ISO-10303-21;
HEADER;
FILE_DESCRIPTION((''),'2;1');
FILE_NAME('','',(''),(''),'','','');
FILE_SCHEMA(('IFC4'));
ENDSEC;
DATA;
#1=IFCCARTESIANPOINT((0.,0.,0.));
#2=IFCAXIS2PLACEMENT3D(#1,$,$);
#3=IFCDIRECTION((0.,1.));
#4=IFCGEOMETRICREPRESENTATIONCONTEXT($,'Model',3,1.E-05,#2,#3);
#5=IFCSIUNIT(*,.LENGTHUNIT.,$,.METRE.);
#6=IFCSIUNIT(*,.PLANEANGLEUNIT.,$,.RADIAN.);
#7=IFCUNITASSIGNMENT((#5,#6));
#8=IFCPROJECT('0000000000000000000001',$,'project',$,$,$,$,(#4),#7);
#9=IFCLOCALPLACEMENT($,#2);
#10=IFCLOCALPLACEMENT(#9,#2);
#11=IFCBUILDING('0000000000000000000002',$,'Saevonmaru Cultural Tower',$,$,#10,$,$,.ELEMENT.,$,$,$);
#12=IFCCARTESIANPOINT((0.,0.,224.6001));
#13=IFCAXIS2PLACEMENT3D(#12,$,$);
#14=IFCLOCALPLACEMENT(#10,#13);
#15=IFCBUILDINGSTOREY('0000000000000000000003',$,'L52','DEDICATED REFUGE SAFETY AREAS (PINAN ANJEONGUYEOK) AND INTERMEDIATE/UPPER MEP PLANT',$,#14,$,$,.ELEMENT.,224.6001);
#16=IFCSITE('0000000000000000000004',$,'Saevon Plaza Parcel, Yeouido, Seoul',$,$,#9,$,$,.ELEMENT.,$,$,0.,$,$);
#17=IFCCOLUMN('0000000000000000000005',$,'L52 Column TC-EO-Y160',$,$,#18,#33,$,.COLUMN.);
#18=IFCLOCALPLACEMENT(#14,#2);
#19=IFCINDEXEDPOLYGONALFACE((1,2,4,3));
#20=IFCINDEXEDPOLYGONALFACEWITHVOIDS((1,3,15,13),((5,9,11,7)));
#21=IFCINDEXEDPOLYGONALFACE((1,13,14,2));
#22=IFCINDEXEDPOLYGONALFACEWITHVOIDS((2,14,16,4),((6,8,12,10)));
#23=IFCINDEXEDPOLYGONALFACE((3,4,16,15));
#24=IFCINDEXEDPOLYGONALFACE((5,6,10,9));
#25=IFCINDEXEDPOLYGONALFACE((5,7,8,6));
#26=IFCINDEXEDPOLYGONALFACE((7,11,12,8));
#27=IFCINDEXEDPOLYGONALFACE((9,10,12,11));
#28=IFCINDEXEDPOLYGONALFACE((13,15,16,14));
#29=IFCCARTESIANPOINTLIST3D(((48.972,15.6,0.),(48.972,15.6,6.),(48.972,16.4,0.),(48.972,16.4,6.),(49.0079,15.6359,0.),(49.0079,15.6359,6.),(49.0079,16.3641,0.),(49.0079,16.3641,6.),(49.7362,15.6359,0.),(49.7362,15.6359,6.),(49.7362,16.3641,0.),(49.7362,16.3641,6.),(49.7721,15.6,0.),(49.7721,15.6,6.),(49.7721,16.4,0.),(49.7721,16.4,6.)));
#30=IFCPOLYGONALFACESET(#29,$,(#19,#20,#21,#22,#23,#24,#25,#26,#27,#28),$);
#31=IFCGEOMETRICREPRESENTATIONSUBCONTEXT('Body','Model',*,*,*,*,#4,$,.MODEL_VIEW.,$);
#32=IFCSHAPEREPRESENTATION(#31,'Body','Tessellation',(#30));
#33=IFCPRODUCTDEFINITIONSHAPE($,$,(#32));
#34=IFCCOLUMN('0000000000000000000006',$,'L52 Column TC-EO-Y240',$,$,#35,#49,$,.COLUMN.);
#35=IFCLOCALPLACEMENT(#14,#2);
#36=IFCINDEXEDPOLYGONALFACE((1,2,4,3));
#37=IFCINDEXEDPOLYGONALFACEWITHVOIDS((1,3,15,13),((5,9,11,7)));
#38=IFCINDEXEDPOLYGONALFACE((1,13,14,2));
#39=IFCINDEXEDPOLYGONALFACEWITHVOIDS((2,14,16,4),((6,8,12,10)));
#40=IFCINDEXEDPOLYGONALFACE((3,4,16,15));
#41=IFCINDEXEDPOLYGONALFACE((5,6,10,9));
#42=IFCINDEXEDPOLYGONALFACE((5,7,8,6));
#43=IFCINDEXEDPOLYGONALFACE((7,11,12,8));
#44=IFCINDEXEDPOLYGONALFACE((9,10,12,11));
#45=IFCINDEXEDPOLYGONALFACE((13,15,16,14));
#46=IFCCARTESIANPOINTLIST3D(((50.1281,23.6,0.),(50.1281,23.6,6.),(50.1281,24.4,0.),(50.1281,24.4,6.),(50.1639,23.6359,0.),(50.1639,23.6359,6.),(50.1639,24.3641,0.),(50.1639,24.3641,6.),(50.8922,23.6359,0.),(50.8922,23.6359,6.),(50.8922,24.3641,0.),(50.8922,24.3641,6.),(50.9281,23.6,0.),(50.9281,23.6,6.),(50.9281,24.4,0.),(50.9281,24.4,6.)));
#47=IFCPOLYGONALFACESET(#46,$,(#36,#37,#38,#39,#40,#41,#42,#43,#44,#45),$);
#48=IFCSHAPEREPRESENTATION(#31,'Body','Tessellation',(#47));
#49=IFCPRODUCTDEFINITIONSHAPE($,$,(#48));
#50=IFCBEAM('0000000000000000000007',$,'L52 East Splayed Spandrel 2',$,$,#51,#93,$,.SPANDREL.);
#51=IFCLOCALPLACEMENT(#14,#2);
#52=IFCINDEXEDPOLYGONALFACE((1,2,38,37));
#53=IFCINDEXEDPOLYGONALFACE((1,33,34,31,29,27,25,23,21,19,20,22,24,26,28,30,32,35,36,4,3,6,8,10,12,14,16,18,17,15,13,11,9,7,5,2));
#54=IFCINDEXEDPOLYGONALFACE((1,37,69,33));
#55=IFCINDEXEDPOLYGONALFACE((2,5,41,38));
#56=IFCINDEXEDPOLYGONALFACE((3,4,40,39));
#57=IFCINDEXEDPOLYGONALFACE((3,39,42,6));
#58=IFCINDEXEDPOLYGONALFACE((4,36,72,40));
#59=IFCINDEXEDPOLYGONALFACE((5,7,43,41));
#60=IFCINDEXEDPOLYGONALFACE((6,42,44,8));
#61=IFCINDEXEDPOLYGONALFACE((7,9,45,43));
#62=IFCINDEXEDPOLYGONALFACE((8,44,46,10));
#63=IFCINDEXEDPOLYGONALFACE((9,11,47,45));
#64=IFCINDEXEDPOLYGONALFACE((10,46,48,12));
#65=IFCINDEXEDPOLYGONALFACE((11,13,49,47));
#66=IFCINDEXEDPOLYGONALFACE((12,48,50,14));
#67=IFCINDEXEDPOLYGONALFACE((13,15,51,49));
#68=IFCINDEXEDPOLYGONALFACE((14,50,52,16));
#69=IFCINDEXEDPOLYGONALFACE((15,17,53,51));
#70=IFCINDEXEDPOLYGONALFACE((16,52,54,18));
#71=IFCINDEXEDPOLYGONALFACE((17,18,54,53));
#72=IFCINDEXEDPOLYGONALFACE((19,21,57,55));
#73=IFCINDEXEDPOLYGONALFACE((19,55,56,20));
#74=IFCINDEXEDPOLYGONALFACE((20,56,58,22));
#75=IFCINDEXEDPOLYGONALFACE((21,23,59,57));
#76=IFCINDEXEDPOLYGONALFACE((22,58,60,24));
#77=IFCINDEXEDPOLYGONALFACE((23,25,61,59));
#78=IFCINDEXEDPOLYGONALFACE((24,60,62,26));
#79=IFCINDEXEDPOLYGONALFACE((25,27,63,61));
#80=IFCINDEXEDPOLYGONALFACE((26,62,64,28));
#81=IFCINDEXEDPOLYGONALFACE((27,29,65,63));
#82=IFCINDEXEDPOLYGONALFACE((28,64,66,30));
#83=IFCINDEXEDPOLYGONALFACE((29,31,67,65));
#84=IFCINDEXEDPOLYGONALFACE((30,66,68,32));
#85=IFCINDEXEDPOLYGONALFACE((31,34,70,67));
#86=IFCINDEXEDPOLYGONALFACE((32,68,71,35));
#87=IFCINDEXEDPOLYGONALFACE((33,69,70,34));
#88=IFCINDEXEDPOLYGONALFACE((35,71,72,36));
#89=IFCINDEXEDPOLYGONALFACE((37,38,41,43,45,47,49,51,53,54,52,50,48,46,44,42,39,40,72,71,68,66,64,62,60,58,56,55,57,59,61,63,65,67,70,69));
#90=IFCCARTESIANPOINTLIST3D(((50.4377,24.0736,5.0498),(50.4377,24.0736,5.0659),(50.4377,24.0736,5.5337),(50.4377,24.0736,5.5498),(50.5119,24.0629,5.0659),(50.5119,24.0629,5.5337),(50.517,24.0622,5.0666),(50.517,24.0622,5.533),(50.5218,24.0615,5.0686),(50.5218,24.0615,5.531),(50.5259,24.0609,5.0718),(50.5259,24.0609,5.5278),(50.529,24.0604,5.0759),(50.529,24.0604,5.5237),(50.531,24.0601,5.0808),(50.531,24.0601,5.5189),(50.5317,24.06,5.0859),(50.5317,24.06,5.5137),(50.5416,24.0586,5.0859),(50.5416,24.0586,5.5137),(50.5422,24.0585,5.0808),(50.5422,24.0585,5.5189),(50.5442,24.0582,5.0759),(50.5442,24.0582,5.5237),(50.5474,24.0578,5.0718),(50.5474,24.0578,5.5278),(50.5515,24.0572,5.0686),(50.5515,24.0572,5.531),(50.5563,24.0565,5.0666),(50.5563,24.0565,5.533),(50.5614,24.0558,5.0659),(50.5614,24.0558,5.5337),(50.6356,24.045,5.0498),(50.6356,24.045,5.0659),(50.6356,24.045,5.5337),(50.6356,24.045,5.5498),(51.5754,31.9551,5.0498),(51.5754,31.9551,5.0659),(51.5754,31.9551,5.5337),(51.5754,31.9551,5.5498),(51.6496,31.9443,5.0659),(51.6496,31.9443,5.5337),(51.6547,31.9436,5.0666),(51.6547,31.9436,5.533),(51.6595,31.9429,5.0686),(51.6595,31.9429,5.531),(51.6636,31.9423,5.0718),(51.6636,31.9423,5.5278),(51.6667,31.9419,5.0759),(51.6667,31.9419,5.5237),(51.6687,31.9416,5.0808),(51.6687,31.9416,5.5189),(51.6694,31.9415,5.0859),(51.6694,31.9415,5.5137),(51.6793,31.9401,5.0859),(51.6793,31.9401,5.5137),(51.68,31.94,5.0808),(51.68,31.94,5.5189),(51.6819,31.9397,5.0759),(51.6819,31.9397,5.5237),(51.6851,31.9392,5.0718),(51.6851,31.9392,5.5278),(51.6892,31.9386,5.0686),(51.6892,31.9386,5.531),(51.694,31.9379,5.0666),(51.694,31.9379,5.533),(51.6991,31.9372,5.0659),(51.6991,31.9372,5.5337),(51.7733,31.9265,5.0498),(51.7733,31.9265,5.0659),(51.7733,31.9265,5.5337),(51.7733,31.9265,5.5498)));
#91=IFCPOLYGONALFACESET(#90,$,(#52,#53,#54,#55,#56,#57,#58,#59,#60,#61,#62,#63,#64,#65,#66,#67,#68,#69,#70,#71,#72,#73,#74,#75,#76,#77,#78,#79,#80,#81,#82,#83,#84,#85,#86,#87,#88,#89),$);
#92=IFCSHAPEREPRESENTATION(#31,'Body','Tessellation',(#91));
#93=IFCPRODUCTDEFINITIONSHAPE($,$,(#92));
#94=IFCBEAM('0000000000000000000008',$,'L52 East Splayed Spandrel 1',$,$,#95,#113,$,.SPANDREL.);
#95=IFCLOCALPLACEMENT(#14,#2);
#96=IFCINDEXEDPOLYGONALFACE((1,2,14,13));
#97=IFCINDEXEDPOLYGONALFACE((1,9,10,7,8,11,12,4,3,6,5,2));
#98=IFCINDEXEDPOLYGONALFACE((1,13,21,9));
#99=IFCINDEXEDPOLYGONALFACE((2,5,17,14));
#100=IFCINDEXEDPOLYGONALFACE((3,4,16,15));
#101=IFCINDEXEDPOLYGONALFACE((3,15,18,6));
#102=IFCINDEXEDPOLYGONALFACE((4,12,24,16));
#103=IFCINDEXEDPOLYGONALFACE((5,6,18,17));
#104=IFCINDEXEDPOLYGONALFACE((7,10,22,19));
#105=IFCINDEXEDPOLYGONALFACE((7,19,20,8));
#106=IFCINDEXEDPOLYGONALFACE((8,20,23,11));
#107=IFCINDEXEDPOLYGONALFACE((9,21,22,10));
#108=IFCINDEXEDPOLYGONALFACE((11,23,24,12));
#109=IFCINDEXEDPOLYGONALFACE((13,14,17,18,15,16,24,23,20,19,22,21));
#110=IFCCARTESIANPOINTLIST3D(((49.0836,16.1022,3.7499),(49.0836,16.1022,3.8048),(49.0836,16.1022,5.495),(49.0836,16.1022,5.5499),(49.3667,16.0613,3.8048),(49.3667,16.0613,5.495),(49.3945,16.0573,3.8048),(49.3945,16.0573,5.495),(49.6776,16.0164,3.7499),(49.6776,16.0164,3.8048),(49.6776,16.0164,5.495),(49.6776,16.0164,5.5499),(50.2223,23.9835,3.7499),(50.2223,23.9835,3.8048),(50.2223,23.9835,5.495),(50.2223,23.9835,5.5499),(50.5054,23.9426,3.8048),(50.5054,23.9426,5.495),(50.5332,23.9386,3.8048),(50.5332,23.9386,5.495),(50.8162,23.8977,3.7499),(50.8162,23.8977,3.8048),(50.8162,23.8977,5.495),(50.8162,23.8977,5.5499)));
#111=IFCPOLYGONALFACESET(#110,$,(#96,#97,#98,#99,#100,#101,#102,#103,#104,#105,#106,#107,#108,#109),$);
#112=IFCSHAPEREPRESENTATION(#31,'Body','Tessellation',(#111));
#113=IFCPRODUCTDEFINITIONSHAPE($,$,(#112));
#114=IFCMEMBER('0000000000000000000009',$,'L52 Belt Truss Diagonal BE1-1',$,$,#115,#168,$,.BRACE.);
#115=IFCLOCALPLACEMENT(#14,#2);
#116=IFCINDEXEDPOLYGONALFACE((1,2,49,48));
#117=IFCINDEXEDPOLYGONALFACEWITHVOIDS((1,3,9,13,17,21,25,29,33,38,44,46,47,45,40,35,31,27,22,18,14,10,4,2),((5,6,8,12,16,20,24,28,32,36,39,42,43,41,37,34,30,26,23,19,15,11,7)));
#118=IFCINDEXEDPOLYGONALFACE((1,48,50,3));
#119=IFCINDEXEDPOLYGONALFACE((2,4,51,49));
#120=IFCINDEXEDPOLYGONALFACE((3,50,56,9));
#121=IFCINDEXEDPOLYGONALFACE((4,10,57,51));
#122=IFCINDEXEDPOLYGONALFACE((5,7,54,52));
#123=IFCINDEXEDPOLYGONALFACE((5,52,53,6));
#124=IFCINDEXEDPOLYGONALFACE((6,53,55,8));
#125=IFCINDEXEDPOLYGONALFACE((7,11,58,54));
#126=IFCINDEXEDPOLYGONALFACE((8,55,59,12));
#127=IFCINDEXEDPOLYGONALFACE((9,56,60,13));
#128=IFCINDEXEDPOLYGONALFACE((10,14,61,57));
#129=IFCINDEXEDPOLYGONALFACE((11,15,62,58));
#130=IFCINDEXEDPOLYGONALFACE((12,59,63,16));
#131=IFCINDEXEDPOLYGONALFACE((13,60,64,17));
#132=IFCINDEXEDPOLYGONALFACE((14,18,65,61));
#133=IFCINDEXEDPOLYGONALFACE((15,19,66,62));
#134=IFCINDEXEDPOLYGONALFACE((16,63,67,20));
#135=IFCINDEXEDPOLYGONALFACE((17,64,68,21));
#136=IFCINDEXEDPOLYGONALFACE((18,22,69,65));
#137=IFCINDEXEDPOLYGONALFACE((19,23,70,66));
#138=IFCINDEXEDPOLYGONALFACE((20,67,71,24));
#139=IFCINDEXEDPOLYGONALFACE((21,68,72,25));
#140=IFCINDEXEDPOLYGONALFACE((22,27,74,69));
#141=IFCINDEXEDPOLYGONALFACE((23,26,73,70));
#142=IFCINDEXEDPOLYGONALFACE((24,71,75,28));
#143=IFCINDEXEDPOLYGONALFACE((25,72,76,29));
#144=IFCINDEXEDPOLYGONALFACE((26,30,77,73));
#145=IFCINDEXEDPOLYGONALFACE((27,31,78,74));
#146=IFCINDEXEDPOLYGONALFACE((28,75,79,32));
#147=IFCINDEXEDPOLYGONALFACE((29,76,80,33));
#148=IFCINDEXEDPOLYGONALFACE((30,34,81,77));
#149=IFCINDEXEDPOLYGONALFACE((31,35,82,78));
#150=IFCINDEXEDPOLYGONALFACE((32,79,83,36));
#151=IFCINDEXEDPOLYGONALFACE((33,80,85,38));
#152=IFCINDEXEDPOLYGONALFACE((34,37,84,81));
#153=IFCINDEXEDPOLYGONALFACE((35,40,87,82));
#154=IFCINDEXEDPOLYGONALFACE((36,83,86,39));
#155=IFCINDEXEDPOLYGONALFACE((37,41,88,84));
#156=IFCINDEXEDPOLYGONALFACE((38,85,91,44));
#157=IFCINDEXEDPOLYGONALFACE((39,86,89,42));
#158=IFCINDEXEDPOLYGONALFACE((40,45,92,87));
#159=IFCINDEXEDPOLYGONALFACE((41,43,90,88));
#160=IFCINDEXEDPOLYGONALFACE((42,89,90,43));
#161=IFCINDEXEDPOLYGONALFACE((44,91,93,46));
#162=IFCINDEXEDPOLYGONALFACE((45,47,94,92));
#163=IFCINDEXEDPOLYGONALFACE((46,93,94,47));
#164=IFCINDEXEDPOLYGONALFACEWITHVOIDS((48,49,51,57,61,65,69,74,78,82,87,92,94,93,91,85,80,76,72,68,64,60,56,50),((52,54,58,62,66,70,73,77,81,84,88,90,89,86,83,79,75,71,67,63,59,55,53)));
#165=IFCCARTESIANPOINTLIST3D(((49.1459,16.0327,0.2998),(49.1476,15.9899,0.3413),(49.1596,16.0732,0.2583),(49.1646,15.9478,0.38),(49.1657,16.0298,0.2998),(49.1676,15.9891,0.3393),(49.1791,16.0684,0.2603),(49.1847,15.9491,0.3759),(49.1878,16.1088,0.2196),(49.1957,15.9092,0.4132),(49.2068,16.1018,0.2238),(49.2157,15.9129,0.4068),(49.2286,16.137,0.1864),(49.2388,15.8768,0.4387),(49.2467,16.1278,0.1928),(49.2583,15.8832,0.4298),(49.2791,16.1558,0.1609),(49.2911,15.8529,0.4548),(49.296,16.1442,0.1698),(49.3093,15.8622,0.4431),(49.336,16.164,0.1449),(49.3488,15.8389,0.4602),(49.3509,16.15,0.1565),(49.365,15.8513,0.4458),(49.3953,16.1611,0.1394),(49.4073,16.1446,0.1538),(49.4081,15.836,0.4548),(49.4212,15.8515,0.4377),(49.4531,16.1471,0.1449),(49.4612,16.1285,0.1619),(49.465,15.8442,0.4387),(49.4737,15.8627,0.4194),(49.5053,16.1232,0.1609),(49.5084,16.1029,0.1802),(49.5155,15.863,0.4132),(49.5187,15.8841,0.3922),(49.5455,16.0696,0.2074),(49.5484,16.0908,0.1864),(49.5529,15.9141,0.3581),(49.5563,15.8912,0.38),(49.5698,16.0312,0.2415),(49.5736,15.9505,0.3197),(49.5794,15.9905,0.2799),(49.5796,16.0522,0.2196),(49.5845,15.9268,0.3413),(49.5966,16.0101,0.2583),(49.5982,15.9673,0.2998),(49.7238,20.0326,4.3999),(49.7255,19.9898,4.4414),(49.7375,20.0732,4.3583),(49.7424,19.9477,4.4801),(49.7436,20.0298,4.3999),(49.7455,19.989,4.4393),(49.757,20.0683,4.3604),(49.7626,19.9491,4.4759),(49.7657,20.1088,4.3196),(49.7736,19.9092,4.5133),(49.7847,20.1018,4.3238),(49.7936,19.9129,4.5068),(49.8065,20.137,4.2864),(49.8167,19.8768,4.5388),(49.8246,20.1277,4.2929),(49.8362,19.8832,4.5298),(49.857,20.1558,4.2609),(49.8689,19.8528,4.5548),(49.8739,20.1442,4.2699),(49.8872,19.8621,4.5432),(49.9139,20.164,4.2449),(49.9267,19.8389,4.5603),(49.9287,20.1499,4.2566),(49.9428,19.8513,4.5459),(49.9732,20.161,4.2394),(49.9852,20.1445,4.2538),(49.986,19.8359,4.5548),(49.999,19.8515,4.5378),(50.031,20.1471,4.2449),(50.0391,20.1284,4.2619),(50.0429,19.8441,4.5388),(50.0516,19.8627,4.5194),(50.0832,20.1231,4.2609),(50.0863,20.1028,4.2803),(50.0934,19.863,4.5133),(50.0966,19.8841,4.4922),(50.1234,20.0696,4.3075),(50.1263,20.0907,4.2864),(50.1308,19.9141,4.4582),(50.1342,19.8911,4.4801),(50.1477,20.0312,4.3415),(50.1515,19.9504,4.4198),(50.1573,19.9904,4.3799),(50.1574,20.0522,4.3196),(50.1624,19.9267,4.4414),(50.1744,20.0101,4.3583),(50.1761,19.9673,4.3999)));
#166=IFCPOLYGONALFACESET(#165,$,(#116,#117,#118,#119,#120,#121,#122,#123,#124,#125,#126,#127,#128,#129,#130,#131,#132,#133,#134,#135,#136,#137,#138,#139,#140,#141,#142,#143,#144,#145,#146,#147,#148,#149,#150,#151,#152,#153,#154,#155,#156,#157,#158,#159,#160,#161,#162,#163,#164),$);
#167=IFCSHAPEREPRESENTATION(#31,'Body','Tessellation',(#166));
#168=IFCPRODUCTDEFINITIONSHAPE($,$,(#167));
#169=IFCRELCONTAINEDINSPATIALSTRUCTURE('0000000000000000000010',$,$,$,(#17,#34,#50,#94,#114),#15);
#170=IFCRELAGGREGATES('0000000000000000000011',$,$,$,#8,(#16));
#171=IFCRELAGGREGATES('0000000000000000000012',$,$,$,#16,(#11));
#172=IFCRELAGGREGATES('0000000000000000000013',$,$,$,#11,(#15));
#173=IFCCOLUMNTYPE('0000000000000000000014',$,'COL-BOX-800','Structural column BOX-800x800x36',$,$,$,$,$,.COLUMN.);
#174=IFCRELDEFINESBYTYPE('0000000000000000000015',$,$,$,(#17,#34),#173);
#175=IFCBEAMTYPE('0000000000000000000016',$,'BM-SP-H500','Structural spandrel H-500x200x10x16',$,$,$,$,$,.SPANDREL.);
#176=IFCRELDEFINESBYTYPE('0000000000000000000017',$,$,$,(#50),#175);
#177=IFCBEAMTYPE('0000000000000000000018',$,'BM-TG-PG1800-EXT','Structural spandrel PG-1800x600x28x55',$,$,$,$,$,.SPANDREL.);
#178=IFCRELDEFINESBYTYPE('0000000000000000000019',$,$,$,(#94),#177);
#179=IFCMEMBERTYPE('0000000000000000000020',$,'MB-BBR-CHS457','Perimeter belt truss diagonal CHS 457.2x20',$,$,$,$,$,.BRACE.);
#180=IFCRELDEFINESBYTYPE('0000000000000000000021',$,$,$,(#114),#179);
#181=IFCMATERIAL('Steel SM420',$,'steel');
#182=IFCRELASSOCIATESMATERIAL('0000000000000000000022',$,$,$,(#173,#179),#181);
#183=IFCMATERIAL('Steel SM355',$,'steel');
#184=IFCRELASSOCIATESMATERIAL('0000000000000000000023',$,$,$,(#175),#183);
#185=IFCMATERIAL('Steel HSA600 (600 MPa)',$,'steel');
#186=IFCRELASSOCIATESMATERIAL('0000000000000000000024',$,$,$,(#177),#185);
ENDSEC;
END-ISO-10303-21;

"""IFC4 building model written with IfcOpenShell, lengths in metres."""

from ifc_helpers import new_model, si_unit, direction, frame, origin, origin_2d, place, context, subcontext, project, spatial, hollow_rectangle, hollow_circle, i_section, extrude, material, material_profile, profile_set, type_object, element, save


model = new_model("IFC4")

# Units and contexts
model_context = context("Model", 3, precision=1e-05, world=origin(), true_north=direction((0.0, 1.0)))
body_context = subcontext(model_context, "Body", "Model", "MODEL_VIEW")
ifc_project = project(units=[si_unit("LENGTHUNIT", "METRE"), si_unit("PLANEANGLEUNIT", "RADIAN")], contexts=[model_context])

# Site, building, storey
site_placement = place(None, origin())
site = spatial("IfcSite", under=ifc_project, at=site_placement, Name="Saevon Plaza Parcel, Yeouido, Seoul", CompositionType="ELEMENT", RefElevation=0.0)
building_placement = place(site_placement, origin())
building = spatial("IfcBuilding", under=site, at=building_placement, Name="Saevonmaru Cultural Tower", CompositionType="ELEMENT")
storey_placement = place(building_placement, frame((0.0, 0.0, 224.6001)))
storey = spatial("IfcBuildingStorey", under=building, at=storey_placement, Name="L52", Description="DEDICATED REFUGE SAFETY AREAS (PINAN ANJEONGUYEOK) AND INTERMEDIATE/UPPER MEP PLANT", CompositionType="ELEMENT", Elevation=224.6001)

# Columns
ifc_material_1 = material(Name="Steel SM420", Category="steel")
ifc_material_profile_1 = material_profile(ifc_material_1, hollow_rectangle(XDim=0.8, YDim=0.8, WallThickness=0.0359, at=origin_2d()), Name="BOX-800x800x36")
ifc_profile_set_1 = profile_set([ifc_material_profile_1], Name="Steel SM420")
column_type = type_object("IfcColumnType", Name="COL-BOX-800", Description="Structural column BOX-800x800x36", PredefinedType="COLUMN", material=ifc_profile_set_1)
for number, where, z_axis, x_axis, name in (
    (1, (49.3721, 16.0, 0.0), (0.0, 0.0, 1.0), (1.0, 0.0, 0.0), "L52 Column TC-EO-Y160"),
    (2, (50.5281, 24.0, 0.0), (0.0, 0.0, 1.0), (1.0, 0.0, 0.0), "L52 Column TC-EO-Y240"),
):
    element("IfcColumn", number, at=place(storey_placement, frame(where, z_axis=z_axis, x_axis=x_axis)), inside=storey, type_object=column_type, Name=name, PredefinedType="COLUMN", context=body_context, shape_type="SweptSolid", body=[
        extrude(hollow_rectangle(XDim=0.8, YDim=0.8, WallThickness=0.0359, at=origin_2d()), origin(), (0.0, 0.0, 1.0), 6.0),
    ])

# Beams
ifc_material_2 = material(Name="Steel SM355", Category="steel")
ifc_material_profile_2 = material_profile(ifc_material_2, i_section(OverallWidth=0.2, OverallDepth=0.5, WebThickness=0.01, FlangeThickness=0.0161, FilletRadius=0.02, at=origin_2d()), Name="H-500x200x10x16")
ifc_profile_set_2 = profile_set([ifc_material_profile_2], Name="Steel SM355")
beam_type_1 = type_object("IfcBeamType", Name="BM-SP-H500", Description="Structural spandrel H-500x200x10x16", PredefinedType="SPANDREL", material=ifc_profile_set_2)
beam_1_placement = place(storey_placement, frame((50.5366, 24.0593, 5.2998), z_axis=(0.142872, 0.989741, 0.0), x_axis=(-0.989741, 0.142872, 0.0)))
element("IfcBeam", 3, at=beam_1_placement, inside=storey, type_object=beam_type_1, Name="L52 East Splayed Spandrel 2", PredefinedType="SPANDREL", context=body_context, shape_type="SweptSolid", body=[
    extrude(i_section(OverallWidth=0.2, OverallDepth=0.5, WebThickness=0.01, FlangeThickness=0.0161, FilletRadius=0.02, at=origin_2d()), origin(), (0.0, 0.0, 1.0), 7.9631),
])
ifc_material_3 = material(Name="Steel HSA600 (600 MPa)", Category="steel")
ifc_material_profile_3 = material_profile(ifc_material_3, i_section(OverallWidth=0.6001, OverallDepth=1.8, WebThickness=0.0281, FlangeThickness=0.0549, at=origin_2d()), Name="PG-1800x600x28x55")
ifc_profile_set_3 = profile_set([ifc_material_profile_3], Name="Steel HSA600 (600 MPa)")
beam_type_2 = type_object("IfcBeamType", Name="BM-TG-PG1800-EXT", Description="Structural spandrel PG-1800x600x28x55", PredefinedType="SPANDREL", material=ifc_profile_set_3)
beam_2_placement = place(storey_placement, frame((49.3806, 16.0593, 4.6499), z_axis=(0.142992, 0.989724, 0.0), x_axis=(-0.989724, 0.142992, 0.0)))
element("IfcBeam", 4, at=beam_2_placement, inside=storey, type_object=beam_type_2, Name="L52 East Splayed Spandrel 1", PredefinedType="SPANDREL", context=body_context, shape_type="SweptSolid", body=[
    extrude(i_section(OverallWidth=0.6001, OverallDepth=1.8, WebThickness=0.0281, FlangeThickness=0.0549, at=origin_2d()), origin(), (0.0, 0.0, 1.0), 7.9631),
])

# Member
ifc_material_profile_4 = material_profile(ifc_material_1, hollow_circle(Radius=0.2285, WallThickness=0.02, at=origin_2d()), Name="CHS-457.2x20")
ifc_profile_set_4 = profile_set([ifc_material_profile_4], Name="Steel SM420")
member_type_1 = type_object("IfcMemberType", Name="MB-BBR-CHS457", Description="Perimeter belt truss diagonal CHS 457.2x20", PredefinedType="BRACE", material=ifc_profile_set_4)
for number, where, z_axis, x_axis, name in (
    (5, (49.3721, 16.0, 0.2998), (0.100376, 0.694789, 0.712175), (-0.989725, 0.142986, 0.0), "L52 Belt Truss Diagonal BE1-1"),
):
    element("IfcMember", number, at=place(storey_placement, frame(where, z_axis=z_axis, x_axis=x_axis)), inside=storey, type_object=member_type_1, Name=name, PredefinedType="BRACE", context=body_context, shape_type="SweptSolid", body=[
        extrude(hollow_circle(Radius=0.2285, WallThickness=0.02, at=origin_2d()), origin(), (0.0, 0.0, 1.0), 5.7571),
    ])

save(model, "model.ifc")
